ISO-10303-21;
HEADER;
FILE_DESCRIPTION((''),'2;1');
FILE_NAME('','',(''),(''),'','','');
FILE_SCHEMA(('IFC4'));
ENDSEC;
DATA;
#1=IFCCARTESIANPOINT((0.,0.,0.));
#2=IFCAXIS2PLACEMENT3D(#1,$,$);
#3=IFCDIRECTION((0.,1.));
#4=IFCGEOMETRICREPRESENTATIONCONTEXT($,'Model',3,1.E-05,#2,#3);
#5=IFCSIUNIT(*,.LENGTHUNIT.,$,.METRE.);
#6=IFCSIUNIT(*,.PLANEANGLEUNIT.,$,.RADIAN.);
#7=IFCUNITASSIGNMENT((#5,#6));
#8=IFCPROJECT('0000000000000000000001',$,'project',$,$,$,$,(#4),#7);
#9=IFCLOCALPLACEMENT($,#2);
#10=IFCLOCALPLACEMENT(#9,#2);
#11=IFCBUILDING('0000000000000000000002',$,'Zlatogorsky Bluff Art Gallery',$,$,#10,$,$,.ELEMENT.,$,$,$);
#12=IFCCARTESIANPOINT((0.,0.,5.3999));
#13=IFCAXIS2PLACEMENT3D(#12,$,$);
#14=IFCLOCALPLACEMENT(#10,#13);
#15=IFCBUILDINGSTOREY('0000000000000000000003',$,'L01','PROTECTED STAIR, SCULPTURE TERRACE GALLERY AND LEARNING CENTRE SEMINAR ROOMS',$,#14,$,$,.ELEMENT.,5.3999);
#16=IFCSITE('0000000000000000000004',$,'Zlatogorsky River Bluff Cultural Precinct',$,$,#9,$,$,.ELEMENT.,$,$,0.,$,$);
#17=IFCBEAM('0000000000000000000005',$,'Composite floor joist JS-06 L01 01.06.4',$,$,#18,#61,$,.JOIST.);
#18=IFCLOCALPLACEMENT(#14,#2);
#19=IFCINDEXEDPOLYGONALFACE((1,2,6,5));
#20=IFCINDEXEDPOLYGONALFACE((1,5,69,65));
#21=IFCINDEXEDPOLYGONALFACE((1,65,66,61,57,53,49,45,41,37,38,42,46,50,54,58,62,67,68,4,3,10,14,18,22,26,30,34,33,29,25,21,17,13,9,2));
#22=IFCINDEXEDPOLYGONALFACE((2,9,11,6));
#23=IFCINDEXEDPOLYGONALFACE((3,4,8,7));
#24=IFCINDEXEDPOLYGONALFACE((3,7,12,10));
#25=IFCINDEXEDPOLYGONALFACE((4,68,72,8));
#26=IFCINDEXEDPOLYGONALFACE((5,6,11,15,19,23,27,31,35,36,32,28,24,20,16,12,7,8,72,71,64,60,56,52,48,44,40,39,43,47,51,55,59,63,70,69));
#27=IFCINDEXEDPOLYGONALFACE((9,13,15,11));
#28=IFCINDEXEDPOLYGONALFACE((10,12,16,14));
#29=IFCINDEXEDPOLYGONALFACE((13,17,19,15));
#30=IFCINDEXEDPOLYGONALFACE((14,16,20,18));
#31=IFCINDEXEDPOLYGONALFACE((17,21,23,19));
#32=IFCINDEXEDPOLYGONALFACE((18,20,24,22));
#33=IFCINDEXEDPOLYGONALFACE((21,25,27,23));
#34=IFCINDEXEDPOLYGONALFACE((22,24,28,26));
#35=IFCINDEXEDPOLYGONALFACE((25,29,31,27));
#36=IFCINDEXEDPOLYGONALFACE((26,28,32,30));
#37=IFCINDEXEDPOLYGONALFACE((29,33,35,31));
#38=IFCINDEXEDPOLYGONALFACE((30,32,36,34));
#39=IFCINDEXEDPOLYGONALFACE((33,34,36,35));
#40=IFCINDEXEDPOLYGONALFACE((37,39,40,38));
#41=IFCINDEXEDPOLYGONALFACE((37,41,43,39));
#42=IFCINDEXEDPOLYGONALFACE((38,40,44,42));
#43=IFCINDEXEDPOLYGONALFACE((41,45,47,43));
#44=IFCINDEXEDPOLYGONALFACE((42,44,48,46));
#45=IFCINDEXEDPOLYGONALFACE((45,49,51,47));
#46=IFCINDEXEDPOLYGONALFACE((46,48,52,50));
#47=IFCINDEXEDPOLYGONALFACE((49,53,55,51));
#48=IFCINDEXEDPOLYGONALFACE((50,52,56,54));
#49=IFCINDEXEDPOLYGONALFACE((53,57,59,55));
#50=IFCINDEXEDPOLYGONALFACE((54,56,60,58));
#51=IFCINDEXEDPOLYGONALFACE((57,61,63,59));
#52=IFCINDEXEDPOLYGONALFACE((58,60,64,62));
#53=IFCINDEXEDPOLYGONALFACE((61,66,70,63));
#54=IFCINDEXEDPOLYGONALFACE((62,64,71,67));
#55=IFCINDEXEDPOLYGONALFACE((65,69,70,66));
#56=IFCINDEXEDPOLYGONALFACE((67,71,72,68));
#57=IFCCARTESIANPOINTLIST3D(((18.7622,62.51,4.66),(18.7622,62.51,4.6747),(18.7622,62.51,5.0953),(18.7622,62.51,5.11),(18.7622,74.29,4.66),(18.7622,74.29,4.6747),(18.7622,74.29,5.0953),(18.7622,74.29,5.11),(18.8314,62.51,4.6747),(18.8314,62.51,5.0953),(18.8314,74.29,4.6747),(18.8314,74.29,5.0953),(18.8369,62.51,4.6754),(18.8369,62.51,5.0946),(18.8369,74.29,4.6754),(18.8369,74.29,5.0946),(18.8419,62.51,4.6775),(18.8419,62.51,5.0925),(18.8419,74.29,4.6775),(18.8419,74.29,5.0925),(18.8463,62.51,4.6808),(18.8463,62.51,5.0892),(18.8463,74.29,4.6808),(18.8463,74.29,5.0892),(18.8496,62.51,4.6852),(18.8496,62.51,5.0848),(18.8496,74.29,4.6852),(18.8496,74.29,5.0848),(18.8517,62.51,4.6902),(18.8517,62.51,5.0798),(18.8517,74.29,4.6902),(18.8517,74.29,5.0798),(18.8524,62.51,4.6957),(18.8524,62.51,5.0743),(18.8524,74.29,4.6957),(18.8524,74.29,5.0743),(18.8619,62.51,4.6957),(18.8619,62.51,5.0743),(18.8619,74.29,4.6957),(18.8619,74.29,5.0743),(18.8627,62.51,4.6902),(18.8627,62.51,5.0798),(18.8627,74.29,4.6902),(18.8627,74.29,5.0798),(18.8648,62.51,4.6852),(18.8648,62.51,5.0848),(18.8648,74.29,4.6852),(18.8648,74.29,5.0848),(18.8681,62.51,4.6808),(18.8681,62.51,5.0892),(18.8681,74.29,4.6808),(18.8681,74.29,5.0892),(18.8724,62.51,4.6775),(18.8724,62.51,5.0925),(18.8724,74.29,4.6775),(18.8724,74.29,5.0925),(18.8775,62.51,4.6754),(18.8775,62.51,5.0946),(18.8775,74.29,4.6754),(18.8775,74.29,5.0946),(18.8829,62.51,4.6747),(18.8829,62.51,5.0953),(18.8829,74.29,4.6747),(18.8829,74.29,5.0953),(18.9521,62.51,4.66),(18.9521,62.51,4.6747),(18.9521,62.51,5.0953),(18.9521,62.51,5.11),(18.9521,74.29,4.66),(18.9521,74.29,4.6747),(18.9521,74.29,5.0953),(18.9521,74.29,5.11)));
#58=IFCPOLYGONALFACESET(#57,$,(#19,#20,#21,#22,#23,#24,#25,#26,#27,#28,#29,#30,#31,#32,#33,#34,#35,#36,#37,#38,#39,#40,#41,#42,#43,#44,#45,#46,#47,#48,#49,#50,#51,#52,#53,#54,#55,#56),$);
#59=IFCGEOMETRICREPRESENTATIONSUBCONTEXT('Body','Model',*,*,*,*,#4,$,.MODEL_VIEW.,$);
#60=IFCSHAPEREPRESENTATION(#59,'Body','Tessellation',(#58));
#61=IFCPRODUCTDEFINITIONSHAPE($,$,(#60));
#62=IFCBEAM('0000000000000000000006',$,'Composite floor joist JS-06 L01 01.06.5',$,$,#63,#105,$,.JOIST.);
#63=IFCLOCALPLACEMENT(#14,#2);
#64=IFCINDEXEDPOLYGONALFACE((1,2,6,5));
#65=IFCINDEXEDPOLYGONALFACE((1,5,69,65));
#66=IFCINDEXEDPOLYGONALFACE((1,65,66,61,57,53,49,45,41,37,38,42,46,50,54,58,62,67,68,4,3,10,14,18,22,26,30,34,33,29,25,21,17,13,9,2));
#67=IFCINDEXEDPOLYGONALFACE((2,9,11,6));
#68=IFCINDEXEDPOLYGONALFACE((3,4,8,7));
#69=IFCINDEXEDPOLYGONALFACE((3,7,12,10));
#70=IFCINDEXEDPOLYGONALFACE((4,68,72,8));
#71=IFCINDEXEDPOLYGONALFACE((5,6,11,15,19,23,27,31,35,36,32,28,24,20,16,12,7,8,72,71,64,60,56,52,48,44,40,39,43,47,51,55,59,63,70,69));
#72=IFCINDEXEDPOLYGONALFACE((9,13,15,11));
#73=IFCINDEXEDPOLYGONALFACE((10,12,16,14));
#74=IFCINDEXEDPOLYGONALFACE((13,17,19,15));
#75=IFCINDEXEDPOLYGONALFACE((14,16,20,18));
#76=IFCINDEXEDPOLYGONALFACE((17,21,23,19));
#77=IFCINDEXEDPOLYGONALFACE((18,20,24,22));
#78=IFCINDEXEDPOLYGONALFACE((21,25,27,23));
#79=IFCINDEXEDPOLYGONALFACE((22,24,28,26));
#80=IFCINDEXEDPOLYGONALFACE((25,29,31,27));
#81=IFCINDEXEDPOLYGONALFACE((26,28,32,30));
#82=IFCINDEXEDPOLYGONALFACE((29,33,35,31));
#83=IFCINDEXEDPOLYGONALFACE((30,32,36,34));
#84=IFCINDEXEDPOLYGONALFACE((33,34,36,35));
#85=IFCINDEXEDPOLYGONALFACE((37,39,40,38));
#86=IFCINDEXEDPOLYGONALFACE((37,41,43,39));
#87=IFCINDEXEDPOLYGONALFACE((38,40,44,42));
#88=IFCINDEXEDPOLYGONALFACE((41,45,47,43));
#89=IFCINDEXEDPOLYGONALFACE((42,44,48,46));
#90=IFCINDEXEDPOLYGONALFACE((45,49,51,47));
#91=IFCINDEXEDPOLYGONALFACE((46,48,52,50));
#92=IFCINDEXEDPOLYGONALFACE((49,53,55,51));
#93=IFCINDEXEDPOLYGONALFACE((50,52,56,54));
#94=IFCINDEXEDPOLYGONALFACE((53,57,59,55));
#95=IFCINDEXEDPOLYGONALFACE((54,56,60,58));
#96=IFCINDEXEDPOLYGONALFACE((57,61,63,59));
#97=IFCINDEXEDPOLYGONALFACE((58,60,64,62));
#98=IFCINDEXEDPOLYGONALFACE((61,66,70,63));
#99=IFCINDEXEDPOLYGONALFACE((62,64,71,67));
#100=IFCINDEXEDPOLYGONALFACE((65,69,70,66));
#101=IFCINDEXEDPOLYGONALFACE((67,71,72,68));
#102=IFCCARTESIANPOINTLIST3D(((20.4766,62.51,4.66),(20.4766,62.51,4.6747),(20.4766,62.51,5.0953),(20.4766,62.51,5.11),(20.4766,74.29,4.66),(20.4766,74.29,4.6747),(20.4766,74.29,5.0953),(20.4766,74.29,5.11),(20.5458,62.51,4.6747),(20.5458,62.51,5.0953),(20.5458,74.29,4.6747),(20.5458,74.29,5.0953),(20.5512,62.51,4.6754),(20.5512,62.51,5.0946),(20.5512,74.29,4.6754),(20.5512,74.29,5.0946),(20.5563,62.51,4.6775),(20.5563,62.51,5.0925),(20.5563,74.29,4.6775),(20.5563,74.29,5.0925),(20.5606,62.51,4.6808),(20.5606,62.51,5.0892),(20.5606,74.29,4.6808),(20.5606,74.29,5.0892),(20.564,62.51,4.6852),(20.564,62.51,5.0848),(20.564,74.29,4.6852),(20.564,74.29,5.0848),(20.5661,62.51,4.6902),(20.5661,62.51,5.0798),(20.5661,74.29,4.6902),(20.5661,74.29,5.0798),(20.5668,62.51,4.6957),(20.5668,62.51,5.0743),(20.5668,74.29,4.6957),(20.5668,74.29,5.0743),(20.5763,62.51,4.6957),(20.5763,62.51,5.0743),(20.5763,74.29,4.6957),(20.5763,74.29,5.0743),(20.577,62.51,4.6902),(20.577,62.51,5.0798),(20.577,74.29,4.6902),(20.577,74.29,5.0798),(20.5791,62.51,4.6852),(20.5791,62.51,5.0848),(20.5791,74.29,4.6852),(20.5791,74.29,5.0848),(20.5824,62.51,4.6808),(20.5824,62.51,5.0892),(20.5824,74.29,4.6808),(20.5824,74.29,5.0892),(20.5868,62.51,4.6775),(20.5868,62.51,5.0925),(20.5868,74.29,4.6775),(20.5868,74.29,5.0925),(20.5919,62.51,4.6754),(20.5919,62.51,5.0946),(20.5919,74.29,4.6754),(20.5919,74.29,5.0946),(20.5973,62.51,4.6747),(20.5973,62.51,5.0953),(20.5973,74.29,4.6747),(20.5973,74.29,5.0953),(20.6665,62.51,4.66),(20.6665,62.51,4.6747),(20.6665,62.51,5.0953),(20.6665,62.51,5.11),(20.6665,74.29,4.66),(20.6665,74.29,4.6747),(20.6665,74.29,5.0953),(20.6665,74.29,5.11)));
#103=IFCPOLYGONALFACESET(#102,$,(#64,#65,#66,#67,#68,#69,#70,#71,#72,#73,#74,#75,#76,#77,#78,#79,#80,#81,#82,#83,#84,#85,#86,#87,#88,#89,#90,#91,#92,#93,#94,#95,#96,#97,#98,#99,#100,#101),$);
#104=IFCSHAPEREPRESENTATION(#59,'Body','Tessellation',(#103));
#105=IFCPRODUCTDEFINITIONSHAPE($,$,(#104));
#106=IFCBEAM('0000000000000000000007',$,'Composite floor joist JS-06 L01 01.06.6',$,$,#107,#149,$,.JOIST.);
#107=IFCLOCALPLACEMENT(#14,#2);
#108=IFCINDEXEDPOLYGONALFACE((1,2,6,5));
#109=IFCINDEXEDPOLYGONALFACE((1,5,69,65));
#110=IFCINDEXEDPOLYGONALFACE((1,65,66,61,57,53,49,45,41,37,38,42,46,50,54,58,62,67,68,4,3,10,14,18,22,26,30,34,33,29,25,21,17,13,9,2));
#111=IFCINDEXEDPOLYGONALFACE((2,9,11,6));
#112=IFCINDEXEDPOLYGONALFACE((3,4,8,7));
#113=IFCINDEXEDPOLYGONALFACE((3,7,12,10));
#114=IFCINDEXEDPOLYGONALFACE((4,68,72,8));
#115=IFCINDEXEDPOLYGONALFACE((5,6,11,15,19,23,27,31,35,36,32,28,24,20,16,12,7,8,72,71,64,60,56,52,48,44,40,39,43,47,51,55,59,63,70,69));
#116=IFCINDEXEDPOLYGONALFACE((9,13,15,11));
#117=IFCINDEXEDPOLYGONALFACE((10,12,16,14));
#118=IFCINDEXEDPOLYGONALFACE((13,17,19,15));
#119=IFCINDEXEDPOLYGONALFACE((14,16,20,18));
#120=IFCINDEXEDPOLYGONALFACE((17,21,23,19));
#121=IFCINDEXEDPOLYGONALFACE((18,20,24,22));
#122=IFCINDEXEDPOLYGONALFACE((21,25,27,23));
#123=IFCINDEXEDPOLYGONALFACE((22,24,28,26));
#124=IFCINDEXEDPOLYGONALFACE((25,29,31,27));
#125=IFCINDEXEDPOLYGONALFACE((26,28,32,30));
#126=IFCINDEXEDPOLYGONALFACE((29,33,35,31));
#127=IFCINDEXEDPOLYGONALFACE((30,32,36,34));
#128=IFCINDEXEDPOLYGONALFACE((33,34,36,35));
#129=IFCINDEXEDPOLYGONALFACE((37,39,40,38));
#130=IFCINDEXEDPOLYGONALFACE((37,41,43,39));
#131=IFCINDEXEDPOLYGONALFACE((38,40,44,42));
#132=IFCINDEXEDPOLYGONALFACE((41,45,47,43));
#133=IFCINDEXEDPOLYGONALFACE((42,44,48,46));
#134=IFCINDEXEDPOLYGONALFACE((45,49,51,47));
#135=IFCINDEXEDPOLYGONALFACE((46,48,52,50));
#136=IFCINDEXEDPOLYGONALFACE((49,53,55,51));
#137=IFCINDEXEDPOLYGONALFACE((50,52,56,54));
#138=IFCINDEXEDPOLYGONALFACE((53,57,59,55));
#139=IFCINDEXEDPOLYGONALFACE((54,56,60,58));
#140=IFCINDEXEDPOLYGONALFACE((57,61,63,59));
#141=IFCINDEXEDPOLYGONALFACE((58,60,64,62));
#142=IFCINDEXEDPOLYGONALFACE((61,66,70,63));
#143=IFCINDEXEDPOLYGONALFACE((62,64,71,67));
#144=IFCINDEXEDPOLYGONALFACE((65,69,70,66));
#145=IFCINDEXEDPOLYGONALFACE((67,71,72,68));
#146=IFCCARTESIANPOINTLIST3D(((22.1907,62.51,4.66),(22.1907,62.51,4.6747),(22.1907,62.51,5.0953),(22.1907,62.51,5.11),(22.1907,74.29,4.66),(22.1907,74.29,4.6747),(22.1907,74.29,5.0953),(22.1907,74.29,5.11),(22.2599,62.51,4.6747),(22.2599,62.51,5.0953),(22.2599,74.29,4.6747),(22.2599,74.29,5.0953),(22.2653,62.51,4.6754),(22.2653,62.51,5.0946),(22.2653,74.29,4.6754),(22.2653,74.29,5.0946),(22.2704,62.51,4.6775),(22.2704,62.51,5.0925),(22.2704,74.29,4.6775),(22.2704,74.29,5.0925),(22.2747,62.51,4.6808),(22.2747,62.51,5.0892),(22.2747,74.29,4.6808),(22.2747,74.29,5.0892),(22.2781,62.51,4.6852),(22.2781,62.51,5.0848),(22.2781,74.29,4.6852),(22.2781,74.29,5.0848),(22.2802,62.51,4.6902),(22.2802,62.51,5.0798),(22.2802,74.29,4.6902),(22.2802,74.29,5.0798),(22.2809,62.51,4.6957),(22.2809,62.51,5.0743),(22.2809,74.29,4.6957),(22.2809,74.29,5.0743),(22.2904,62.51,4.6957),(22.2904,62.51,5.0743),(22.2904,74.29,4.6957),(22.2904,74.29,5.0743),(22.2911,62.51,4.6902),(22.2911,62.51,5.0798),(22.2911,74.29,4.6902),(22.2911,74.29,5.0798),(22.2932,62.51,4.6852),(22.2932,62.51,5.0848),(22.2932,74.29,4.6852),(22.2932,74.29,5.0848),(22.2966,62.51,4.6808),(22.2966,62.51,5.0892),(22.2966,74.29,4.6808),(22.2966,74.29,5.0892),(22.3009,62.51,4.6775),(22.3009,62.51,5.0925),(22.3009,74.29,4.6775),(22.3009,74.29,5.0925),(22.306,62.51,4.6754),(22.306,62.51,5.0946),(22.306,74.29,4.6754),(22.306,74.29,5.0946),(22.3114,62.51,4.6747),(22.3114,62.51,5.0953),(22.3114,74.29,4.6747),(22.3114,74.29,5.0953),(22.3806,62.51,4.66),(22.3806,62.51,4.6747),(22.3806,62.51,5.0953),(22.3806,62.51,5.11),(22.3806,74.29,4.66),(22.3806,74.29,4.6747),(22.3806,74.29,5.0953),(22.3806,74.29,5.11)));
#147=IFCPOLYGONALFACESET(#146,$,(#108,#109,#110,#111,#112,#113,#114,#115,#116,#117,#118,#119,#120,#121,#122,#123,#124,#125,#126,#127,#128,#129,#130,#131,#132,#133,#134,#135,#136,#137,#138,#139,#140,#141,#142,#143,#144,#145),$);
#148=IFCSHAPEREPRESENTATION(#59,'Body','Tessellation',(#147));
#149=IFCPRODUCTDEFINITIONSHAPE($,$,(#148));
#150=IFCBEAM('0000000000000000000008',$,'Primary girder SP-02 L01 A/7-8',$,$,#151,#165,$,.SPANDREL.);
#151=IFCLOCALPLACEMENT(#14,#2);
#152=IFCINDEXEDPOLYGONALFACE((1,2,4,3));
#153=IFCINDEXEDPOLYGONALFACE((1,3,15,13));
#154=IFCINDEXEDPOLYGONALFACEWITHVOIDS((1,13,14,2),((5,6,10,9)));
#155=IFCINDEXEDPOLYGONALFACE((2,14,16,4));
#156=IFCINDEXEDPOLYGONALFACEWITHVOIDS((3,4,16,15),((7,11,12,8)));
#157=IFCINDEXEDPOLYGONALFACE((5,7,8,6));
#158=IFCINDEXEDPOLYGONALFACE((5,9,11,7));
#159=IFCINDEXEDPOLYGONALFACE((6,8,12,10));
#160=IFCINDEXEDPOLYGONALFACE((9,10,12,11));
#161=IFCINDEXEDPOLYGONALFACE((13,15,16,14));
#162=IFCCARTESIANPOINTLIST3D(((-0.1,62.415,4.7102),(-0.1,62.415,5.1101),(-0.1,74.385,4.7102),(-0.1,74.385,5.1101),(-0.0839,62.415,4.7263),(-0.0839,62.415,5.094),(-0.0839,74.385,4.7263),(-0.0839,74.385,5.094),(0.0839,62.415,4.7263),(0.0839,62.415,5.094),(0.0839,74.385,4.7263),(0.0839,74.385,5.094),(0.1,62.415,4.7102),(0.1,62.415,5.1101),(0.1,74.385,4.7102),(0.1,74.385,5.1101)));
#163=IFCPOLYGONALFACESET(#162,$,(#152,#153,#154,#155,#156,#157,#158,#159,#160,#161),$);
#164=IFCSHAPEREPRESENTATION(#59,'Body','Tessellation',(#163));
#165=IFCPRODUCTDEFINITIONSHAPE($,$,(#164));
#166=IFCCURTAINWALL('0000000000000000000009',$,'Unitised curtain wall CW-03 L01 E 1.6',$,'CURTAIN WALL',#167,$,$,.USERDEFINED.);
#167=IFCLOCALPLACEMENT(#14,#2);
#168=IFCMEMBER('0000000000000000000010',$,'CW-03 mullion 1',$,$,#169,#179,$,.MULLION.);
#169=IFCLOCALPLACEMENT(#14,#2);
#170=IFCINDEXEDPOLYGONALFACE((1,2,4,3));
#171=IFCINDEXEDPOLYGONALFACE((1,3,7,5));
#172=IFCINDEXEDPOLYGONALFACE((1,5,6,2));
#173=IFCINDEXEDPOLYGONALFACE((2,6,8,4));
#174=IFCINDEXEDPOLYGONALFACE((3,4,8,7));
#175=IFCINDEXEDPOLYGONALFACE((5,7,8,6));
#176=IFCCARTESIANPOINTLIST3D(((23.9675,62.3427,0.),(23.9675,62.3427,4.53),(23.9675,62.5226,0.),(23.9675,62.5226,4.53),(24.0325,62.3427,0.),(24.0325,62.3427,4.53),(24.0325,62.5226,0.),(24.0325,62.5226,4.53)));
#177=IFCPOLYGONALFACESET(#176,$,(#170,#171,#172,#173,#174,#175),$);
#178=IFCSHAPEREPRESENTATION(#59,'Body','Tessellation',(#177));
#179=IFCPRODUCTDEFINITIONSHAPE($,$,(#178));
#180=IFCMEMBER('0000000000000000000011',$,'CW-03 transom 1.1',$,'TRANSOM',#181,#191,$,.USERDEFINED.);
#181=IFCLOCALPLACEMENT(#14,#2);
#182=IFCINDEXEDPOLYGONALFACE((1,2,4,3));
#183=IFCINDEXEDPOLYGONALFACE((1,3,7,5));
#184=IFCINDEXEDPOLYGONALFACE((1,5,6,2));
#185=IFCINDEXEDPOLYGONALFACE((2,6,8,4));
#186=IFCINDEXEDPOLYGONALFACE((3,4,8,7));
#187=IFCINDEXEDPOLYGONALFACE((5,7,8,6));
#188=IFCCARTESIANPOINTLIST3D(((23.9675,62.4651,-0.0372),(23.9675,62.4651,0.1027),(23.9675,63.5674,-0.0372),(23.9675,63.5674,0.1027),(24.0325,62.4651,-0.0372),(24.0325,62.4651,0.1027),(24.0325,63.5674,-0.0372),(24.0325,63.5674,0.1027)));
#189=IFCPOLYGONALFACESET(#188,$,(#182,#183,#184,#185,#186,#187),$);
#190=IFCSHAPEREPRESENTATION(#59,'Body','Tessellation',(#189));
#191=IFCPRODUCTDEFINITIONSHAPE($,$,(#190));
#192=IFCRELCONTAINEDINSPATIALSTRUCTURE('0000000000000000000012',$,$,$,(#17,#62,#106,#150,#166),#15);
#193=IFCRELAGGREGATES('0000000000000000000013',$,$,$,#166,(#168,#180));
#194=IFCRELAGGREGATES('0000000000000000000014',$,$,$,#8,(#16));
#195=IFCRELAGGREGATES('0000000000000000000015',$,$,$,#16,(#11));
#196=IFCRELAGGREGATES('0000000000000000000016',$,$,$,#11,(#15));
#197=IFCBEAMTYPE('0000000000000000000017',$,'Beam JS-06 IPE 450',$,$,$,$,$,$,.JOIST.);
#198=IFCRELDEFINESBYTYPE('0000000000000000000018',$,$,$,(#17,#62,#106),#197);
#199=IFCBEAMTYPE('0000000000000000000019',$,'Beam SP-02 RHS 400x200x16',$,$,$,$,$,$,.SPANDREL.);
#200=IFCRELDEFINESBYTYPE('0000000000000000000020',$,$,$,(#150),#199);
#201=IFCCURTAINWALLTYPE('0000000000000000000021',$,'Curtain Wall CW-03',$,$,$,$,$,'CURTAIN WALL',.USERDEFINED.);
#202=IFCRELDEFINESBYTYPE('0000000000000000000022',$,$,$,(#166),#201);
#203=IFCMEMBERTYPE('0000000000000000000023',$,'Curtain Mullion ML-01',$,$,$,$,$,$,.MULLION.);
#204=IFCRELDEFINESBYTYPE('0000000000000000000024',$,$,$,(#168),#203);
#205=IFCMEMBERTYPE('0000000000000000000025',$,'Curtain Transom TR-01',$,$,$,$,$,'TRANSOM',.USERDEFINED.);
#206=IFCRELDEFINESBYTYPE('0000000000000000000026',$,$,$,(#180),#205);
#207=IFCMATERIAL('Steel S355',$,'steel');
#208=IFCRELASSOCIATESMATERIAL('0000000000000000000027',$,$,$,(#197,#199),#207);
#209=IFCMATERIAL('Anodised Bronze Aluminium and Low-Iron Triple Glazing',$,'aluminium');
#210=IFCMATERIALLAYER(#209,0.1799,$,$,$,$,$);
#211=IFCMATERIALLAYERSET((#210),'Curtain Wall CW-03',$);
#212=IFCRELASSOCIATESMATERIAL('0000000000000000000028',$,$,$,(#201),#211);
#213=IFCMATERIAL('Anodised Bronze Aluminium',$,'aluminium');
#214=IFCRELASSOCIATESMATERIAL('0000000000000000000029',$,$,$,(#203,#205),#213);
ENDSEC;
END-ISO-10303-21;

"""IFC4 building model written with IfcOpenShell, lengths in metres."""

from ifc_helpers import new_model, si_unit, direction, frame, origin, origin_2d, place, context, subcontext, project, spatial, rectangle, hollow_rectangle, i_section, extrude, material, layer, layer_set, material_profile, profile_set, type_object, element, aggregate, save


model = new_model("IFC4")

# Units and contexts
model_context = context("Model", 3, precision=1e-05, world=origin(), true_north=direction((0.0, 1.0)))
body_context = subcontext(model_context, "Body", "Model", "MODEL_VIEW")
ifc_project = project(units=[si_unit("LENGTHUNIT", "METRE"), si_unit("PLANEANGLEUNIT", "RADIAN")], contexts=[model_context])

# Site, building, storey
site_placement = place(None, origin())
site = spatial("IfcSite", under=ifc_project, at=site_placement, Name="Zlatogorsky River Bluff Cultural Precinct", CompositionType="ELEMENT", RefElevation=0.0)
building_placement = place(site_placement, origin())
building = spatial("IfcBuilding", under=site, at=building_placement, Name="Zlatogorsky Bluff Art Gallery", CompositionType="ELEMENT")
storey_placement = place(building_placement, frame((0.0, 0.0, 5.3999)))
storey = spatial("IfcBuildingStorey", under=building, at=storey_placement, Name="L01", Description="PROTECTED STAIR, SCULPTURE TERRACE GALLERY AND LEARNING CENTRE SEMINAR ROOMS", CompositionType="ELEMENT", Elevation=5.3999)

# Shared definitions
ifc_material_1 = material(Name="Steel S355", Category="steel")

# Beams
ifc_material_profile_1 = material_profile(ifc_material_1, i_section(OverallWidth=0.1899, OverallDepth=0.45, WebThickness=0.0095, FlangeThickness=0.0146, FilletRadius=0.021, at=origin_2d()), Name="IPE 450")
ifc_profile_set_1 = profile_set([ifc_material_profile_1], Name="Steel S355")
beam_type_1 = type_object("IfcBeamType", Name="Beam JS-06 IPE 450", PredefinedType="JOIST", material=ifc_profile_set_1)
for number, where, z_axis, x_axis, name in (
    (1, (18.8572, 62.51, 4.885), (0.0, 1.0, 0.0), (-1.0, 0.0, 0.0), "Composite floor joist JS-06 L01 01.06.4"),
    (2, (20.5715, 62.51, 4.885), (0.0, 1.0, 0.0), (-1.0, 0.0, 0.0), "Composite floor joist JS-06 L01 01.06.5"),
    (3, (22.2856, 62.51, 4.885), (0.0, 1.0, 0.0), (-1.0, 0.0, 0.0), "Composite floor joist JS-06 L01 01.06.6"),
):
    element("IfcBeam", number, at=place(storey_placement, frame(where, z_axis=z_axis, x_axis=x_axis)), inside=storey, type_object=beam_type_1, Name=name, PredefinedType="JOIST", context=body_context, shape_type="SweptSolid", body=[
        extrude(i_section(OverallWidth=0.1899, OverallDepth=0.45, WebThickness=0.0095, FlangeThickness=0.0146, FilletRadius=0.021, at=origin_2d()), origin(), (0.0, 0.0, 1.0), 11.78),
    ])
ifc_material_profile_2 = material_profile(ifc_material_1, hollow_rectangle(XDim=0.2, YDim=0.3999, WallThickness=0.0161, at=origin_2d()), Name="RHS 400x200x16")
ifc_profile_set_2 = profile_set([ifc_material_profile_2], Name="Steel S355")
beam_type_2 = type_object("IfcBeamType", Name="Beam SP-02 RHS 400x200x16", PredefinedType="SPANDREL", material=ifc_profile_set_2)
beam_placement = place(storey_placement, frame((0.0, 62.415, 4.9102), z_axis=(0.0, 1.0, 0.0), x_axis=(-1.0, 0.0, 0.0)))
element("IfcBeam", 4, at=beam_placement, inside=storey, type_object=beam_type_2, Name="Primary girder SP-02 L01 A/7-8", PredefinedType="SPANDREL", context=body_context, shape_type="SweptSolid", body=[
    extrude(hollow_rectangle(XDim=0.2, YDim=0.3999, WallThickness=0.0161, at=origin_2d()), origin(), (0.0, 0.0, 1.0), 11.97),
])

# Curtain wall, members
ifc_material_2 = material(Name="Anodised Bronze Aluminium and Low-Iron Triple Glazing", Category="aluminium")
ifc_layer_1 = layer(ifc_material_2, 0.1799)
ifc_layer_set_1 = layer_set([ifc_layer_1], Name="Curtain Wall CW-03")
curtain_wall_type = type_object("IfcCurtainWallType", Name="Curtain Wall CW-03", ElementType="CURTAIN WALL", PredefinedType="USERDEFINED", material=ifc_layer_set_1)
curtain_wall_placement = place(storey_placement, origin())
curtain_wall = element("IfcCurtainWall", 5, at=curtain_wall_placement, inside=storey, type_object=curtain_wall_type, Name="Unitised curtain wall CW-03 L01 E 1.6", ObjectType="CURTAIN WALL", PredefinedType="USERDEFINED")
ifc_material_3 = material(Name="Anodised Bronze Aluminium", Category="aluminium")
ifc_material_profile_3 = material_profile(ifc_material_3, rectangle(XDim=0.0649, YDim=0.1799, at=origin_2d()), Name="ALU MULLION 65x180")
ifc_profile_set_3 = profile_set([ifc_material_profile_3], Name="Anodised Bronze Aluminium")
member_type_1 = type_object("IfcMemberType", Name="Curtain Mullion ML-01", PredefinedType="MULLION", material=ifc_profile_set_3)
member_1_placement = place(storey_placement, frame((24.0, 62.4326, 0.0), z_axis=(0.0, 0.0, 1.0), x_axis=(-1.0, 0.0, 0.0)))
member_1 = element("IfcMember", 6, at=member_1_placement, type_object=member_type_1, Name="CW-03 mullion 1", PredefinedType="MULLION", context=body_context, shape_type="SweptSolid", body=[
    extrude(rectangle(XDim=0.0649, YDim=0.1799, at=origin_2d()), origin(), (0.0, 0.0, 1.0), 4.53),
])
ifc_material_profile_4 = material_profile(ifc_material_3, rectangle(XDim=0.0649, YDim=0.1399, at=origin_2d()), Name="ALU TRANSOM 65x140")
ifc_profile_set_4 = profile_set([ifc_material_profile_4], Name="Anodised Bronze Aluminium")
member_type_2 = type_object("IfcMemberType", Name="Curtain Transom TR-01", ElementType="TRANSOM", PredefinedType="USERDEFINED", material=ifc_profile_set_4)
member_2_placement = place(storey_placement, frame((24.0, 62.4651, 0.0327), z_axis=(0.0, 1.0, 0.0), x_axis=(-1.0, 0.0, 0.0)))
member_2 = element("IfcMember", 7, at=member_2_placement, type_object=member_type_2, Name="CW-03 transom 1.1", ObjectType="TRANSOM", PredefinedType="USERDEFINED", context=body_context, shape_type="SweptSolid", body=[
    extrude(rectangle(XDim=0.0649, YDim=0.1399, at=origin_2d()), origin(), (0.0, 0.0, 1.0), 1.1023),
])
aggregate(curtain_wall, [member_1, member_2])

save(model, "model.ifc")
